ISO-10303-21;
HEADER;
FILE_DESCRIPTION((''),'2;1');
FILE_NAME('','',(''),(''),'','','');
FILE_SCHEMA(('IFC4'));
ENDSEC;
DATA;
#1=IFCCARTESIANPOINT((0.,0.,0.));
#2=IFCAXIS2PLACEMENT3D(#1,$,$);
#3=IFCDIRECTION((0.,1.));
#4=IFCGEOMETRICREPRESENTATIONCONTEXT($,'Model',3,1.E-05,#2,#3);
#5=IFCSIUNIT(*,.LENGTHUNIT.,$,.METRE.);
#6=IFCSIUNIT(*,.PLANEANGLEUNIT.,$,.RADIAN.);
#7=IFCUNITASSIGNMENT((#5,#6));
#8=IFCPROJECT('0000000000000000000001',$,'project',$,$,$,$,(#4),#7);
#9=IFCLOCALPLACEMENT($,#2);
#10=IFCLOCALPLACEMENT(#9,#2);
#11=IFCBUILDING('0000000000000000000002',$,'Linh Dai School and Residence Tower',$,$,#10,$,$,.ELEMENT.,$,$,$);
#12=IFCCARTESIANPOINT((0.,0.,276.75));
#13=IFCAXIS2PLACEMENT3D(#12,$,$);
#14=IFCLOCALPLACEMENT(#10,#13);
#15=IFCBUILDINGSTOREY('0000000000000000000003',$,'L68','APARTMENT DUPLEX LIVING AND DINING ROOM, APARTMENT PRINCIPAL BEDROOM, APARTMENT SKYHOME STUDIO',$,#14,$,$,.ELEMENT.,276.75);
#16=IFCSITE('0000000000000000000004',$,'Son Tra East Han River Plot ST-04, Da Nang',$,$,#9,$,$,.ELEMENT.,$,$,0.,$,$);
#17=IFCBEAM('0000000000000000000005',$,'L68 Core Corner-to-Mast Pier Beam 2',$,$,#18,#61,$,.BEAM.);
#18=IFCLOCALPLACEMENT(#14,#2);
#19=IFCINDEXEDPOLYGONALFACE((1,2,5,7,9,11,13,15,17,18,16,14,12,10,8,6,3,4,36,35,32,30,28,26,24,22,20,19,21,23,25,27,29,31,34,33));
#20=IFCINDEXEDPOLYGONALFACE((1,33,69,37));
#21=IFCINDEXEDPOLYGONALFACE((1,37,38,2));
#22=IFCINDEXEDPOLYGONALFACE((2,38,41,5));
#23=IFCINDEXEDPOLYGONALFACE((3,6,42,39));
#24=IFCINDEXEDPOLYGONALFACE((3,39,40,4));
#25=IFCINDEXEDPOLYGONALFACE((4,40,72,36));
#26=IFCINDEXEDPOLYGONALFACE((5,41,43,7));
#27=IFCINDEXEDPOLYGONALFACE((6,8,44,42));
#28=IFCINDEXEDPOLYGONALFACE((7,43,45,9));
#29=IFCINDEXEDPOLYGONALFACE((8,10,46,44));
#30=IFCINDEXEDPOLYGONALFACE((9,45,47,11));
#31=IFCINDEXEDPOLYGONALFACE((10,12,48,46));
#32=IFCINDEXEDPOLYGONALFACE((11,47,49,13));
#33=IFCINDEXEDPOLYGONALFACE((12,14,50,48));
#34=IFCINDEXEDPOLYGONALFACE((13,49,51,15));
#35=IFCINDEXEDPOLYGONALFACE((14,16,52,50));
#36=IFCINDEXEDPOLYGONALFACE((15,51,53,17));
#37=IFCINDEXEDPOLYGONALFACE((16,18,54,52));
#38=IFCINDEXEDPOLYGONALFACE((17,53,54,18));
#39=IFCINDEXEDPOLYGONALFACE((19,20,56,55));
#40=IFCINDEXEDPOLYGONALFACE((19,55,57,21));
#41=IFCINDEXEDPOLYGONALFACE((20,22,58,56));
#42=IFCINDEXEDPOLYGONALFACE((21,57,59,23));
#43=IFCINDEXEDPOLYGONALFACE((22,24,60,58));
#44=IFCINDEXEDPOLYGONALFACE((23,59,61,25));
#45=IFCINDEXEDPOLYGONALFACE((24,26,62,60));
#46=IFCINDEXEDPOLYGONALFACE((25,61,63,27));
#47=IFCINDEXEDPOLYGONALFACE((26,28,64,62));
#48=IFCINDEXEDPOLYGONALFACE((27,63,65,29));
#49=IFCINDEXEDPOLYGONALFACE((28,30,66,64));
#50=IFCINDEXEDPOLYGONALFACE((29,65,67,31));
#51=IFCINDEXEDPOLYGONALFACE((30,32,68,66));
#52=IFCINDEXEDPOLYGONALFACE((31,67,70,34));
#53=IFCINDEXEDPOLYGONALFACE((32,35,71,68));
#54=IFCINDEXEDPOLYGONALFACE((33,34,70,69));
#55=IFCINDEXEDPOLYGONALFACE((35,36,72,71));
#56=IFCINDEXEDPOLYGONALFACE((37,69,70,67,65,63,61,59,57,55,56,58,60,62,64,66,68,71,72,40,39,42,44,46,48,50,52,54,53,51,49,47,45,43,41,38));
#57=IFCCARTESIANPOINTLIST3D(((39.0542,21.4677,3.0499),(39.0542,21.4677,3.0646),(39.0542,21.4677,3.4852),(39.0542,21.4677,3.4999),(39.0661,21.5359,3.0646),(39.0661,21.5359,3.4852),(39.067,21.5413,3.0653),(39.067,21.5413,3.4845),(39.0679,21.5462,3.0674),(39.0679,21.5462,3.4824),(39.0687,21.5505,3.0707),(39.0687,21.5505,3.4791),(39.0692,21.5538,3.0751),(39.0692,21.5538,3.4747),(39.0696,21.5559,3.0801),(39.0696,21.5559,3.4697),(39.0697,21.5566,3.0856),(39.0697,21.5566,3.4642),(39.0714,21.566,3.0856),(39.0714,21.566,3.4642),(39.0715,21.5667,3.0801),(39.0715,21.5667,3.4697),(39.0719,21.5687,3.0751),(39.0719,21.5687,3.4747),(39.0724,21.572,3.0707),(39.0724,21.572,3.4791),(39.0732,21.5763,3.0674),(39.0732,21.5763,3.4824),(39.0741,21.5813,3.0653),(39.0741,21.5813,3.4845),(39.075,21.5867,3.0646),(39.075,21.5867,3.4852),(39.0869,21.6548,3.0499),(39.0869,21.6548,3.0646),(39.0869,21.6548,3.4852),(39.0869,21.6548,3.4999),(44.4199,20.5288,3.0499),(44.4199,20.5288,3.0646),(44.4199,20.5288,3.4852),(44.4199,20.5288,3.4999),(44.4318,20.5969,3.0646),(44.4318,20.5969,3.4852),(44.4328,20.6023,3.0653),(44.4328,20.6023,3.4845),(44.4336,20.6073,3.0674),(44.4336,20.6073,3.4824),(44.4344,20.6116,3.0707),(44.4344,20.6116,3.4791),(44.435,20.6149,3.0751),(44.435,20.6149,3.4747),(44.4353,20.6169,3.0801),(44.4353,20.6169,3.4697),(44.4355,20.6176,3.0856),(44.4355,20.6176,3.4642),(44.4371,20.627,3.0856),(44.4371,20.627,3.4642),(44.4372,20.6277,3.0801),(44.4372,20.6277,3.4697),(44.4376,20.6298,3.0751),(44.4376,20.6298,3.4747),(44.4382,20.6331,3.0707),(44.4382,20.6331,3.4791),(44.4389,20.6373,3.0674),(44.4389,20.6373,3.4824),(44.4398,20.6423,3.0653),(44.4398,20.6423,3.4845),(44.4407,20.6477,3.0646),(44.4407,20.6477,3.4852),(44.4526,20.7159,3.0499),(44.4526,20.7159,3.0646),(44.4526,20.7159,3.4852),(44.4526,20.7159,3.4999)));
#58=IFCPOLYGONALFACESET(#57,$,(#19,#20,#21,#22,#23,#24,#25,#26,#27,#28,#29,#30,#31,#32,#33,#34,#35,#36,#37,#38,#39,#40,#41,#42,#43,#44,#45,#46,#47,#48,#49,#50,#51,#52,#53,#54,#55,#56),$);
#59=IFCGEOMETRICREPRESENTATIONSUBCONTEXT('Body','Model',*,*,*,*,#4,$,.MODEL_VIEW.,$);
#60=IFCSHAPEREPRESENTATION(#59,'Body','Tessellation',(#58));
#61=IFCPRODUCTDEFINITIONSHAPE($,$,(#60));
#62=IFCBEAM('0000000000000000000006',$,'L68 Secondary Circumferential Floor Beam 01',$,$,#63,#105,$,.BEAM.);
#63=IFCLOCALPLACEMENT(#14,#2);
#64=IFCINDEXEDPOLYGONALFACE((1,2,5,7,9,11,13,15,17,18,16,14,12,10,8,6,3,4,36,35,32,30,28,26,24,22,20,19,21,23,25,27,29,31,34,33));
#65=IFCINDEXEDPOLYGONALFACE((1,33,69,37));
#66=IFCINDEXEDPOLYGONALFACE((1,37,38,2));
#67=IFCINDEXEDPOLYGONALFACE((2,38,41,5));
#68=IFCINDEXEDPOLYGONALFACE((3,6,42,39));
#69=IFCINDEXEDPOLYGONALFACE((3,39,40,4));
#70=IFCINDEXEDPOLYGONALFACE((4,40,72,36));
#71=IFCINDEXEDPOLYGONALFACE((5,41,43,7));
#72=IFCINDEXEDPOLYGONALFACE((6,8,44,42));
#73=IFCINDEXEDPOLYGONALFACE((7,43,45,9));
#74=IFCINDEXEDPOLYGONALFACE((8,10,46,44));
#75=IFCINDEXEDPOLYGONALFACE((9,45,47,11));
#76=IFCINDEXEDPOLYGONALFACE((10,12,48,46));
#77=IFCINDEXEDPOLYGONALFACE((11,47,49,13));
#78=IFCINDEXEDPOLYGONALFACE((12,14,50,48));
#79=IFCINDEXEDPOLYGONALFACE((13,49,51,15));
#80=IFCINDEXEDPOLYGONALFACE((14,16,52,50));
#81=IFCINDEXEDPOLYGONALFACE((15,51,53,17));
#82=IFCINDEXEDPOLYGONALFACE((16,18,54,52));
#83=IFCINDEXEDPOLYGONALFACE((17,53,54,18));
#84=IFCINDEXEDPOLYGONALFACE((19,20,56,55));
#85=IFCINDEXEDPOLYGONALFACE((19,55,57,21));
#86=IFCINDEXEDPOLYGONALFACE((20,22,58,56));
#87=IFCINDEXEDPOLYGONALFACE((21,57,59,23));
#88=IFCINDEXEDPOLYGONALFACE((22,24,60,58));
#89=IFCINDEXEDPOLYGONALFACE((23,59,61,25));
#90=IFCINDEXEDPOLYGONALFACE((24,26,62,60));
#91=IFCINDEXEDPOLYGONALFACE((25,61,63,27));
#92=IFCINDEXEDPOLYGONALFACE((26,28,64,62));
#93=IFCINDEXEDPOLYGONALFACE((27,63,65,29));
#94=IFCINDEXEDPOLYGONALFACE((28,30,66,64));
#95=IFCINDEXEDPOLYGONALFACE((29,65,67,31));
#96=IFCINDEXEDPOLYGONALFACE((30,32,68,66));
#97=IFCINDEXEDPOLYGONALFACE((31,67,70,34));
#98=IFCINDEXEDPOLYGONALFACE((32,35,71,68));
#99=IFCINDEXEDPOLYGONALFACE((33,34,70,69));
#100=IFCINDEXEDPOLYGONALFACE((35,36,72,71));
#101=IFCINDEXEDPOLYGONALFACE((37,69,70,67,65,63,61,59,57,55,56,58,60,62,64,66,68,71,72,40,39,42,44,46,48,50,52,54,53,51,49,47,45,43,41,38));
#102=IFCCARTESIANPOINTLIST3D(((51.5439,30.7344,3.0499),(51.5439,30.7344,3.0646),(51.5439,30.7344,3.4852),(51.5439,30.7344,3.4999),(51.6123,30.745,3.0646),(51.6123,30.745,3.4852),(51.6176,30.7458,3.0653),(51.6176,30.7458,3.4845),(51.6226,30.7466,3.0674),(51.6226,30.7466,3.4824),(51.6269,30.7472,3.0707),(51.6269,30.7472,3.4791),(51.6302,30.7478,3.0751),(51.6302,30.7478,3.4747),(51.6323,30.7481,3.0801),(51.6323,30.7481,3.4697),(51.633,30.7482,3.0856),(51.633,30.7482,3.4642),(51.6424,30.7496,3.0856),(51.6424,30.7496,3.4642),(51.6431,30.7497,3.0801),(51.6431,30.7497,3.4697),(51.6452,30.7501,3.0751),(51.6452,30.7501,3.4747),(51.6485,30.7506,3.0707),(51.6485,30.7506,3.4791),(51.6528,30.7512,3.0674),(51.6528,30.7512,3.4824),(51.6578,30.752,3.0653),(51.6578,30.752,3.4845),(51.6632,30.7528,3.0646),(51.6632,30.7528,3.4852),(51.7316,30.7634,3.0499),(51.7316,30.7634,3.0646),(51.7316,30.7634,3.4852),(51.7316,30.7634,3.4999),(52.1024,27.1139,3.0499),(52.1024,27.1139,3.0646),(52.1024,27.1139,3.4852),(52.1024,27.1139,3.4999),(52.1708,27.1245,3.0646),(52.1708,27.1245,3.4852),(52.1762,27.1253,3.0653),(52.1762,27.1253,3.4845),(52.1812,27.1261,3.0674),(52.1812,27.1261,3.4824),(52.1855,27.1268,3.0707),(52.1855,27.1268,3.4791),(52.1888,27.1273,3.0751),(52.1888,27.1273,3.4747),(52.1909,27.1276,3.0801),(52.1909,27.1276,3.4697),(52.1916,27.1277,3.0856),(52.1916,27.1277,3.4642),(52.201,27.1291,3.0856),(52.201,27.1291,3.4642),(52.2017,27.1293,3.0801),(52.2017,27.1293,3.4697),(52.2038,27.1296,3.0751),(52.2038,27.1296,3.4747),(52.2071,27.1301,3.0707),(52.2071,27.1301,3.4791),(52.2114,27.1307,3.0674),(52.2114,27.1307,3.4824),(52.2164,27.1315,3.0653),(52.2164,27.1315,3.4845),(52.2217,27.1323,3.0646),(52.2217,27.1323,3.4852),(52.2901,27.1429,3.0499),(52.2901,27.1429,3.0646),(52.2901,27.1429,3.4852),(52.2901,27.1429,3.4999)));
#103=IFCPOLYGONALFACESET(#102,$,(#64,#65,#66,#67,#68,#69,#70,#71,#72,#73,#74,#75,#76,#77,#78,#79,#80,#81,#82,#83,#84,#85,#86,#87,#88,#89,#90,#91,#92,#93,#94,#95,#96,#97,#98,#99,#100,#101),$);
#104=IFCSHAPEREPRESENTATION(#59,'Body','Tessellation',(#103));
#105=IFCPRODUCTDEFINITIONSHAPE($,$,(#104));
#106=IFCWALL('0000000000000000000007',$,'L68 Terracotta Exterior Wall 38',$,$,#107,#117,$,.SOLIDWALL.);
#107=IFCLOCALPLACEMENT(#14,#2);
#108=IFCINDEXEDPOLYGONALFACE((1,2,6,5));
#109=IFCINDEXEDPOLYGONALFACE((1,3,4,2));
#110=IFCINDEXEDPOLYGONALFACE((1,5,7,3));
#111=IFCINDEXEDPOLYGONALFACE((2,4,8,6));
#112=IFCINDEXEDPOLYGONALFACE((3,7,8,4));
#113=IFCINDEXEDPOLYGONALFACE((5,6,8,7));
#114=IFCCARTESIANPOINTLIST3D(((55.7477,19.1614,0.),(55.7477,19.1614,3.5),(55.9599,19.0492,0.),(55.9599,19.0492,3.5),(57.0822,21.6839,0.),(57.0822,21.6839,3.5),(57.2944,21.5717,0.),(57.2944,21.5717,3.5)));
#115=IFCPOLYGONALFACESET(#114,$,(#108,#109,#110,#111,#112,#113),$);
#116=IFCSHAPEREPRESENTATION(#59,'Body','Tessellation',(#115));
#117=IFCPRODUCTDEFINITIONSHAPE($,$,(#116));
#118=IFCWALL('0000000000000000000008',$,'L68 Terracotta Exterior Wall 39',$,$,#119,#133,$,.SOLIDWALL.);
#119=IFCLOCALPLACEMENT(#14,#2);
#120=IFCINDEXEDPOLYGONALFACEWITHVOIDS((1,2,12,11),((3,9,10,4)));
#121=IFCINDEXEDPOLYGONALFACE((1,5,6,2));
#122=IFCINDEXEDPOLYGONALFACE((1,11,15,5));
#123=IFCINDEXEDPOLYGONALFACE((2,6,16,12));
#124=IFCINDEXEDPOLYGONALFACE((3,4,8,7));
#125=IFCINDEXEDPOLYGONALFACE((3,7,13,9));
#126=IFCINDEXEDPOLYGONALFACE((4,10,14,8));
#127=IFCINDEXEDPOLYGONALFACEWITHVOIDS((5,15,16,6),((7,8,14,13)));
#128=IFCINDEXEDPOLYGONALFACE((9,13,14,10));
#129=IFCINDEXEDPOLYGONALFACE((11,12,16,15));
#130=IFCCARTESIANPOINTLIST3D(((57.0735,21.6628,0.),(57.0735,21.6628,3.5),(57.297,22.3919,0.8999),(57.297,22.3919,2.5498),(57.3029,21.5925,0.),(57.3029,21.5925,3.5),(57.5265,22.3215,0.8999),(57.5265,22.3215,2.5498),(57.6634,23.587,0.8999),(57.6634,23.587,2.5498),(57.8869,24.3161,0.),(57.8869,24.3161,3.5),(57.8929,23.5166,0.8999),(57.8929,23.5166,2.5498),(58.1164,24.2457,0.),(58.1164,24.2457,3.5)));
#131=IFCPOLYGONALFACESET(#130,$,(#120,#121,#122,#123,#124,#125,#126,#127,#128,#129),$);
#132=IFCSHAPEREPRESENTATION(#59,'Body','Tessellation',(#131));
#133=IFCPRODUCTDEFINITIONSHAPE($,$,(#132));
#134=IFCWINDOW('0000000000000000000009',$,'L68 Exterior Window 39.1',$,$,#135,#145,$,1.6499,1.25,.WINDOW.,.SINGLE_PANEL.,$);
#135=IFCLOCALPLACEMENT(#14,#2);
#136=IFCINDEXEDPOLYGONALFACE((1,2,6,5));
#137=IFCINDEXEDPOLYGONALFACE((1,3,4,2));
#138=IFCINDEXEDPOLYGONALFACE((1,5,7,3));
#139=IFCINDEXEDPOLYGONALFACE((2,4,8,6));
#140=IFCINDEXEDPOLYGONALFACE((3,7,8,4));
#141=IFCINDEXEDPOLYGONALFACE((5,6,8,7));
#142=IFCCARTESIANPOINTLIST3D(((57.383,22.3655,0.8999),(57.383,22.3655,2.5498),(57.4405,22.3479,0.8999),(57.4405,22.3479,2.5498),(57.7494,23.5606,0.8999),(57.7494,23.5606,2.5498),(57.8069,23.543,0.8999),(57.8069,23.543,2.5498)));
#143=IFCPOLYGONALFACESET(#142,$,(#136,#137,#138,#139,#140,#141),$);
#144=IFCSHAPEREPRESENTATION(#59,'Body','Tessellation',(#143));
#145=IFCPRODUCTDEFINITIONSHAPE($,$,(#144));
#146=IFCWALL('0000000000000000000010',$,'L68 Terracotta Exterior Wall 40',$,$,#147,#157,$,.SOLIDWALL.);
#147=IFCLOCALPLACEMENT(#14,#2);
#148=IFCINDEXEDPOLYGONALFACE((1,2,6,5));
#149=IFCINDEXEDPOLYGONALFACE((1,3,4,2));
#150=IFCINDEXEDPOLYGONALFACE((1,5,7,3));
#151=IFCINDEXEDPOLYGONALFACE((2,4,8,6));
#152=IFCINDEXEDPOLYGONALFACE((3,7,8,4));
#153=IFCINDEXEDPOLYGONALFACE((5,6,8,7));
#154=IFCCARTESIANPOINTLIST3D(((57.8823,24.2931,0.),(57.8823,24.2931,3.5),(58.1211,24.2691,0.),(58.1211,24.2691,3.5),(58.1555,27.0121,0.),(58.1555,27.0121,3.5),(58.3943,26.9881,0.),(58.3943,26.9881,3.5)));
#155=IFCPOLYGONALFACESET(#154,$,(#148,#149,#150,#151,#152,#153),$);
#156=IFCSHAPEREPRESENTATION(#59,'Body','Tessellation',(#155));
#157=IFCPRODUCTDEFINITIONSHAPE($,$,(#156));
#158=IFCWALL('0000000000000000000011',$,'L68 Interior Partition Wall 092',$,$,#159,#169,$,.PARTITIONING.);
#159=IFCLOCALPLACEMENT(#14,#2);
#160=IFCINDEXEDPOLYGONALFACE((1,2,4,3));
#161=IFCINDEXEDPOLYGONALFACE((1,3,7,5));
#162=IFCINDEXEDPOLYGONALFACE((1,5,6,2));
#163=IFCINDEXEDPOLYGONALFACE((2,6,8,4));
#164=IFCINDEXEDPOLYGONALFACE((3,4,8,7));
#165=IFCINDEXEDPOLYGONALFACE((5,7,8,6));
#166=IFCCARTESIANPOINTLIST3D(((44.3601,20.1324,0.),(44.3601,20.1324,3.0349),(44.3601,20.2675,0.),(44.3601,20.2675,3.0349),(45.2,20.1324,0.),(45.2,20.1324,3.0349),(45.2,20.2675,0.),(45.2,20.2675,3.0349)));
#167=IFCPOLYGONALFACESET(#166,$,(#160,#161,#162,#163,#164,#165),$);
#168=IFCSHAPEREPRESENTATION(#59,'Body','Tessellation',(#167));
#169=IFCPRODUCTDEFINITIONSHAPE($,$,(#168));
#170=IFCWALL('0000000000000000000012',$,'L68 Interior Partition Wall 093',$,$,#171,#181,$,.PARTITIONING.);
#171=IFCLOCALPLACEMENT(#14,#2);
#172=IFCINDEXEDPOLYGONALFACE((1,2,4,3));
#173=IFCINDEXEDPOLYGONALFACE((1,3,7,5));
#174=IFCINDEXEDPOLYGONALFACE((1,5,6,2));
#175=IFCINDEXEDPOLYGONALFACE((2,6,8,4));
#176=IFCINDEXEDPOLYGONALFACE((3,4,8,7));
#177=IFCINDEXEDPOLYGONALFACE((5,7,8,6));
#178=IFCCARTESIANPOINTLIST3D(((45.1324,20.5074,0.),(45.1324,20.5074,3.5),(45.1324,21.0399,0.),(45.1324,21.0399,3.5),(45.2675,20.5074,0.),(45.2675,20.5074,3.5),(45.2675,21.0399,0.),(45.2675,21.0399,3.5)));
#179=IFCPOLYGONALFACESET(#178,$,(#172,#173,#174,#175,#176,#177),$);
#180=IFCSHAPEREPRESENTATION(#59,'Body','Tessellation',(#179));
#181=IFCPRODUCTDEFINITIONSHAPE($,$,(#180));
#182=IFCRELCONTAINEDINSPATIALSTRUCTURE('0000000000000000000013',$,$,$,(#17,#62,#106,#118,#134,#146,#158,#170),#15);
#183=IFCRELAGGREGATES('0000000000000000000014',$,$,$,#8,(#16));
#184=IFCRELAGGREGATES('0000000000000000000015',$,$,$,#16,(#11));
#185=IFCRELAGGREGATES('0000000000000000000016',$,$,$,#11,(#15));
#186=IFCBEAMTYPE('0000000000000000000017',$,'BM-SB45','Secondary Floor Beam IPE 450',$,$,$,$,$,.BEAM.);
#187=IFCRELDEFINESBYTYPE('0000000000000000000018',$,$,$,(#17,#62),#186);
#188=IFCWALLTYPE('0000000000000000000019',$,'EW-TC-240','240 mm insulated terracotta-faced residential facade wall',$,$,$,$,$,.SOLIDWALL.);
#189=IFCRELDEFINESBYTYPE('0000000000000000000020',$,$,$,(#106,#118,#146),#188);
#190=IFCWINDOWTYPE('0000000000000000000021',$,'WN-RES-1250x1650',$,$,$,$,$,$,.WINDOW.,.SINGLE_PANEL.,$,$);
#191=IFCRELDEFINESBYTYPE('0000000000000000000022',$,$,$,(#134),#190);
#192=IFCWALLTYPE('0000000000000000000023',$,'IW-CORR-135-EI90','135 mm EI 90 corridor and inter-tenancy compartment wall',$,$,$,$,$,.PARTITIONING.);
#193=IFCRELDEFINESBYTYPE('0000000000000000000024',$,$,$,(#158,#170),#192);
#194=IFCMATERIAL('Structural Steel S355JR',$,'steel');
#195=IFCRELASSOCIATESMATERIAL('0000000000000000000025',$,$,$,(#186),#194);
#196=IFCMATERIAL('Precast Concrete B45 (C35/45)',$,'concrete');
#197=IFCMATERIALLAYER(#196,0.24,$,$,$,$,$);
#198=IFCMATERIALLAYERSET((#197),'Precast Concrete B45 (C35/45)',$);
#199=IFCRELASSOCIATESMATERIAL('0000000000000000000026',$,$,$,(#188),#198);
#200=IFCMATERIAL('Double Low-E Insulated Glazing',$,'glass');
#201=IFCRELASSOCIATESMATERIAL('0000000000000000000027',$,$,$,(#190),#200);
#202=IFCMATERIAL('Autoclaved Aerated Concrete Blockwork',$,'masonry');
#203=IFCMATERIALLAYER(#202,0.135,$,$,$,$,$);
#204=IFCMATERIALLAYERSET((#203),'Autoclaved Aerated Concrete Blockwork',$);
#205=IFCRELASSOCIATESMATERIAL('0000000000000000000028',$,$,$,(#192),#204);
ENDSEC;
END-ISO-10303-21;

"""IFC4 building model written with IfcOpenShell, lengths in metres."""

from ifc_helpers import new_model, si_unit, direction, frame, frame_2d, origin, origin_2d, place, context, subcontext, project, spatial, rectangle, i_section, extrude, source, transform, mapped, material, layer, layer_set, material_profile, profile_set, type_object, element, fill, save


model = new_model("IFC4")

# Units and contexts
model_context = context("Model", 3, precision=1e-05, world=origin(), true_north=direction((0.0, 1.0)))
body_context = subcontext(model_context, "Body", "Model", "MODEL_VIEW")
ifc_project = project(units=[si_unit("LENGTHUNIT", "METRE"), si_unit("PLANEANGLEUNIT", "RADIAN")], contexts=[model_context])

# Site, building, storey
site_placement = place(None, origin())
site = spatial("IfcSite", under=ifc_project, at=site_placement, Name="Son Tra East Han River Plot ST-04, Da Nang", CompositionType="ELEMENT", RefElevation=0.0)
building_placement = place(site_placement, origin())
building = spatial("IfcBuilding", under=site, at=building_placement, Name="Linh Dai School and Residence Tower", CompositionType="ELEMENT")
storey_placement = place(building_placement, frame((0.0, 0.0, 276.75)))
storey = spatial("IfcBuildingStorey", under=building, at=storey_placement, Name="L68", Description="APARTMENT DUPLEX LIVING AND DINING ROOM, APARTMENT PRINCIPAL BEDROOM, APARTMENT SKYHOME STUDIO", CompositionType="ELEMENT", Elevation=276.75)

# Shared definitions
ifc_material_1 = material(Name="Structural Steel S355JR", Category="steel")

# Beams
ifc_material_profile_1 = material_profile(ifc_material_1, i_section(OverallWidth=0.1899, OverallDepth=0.45, WebThickness=0.0095, FlangeThickness=0.0146, FilletRadius=0.021, at=origin_2d()), Name="IPE 450")
ifc_profile_set_1 = profile_set([ifc_material_profile_1], Name="Structural Steel S355JR")
beam_type_1 = type_object("IfcBeamType", Name="BM-SB45", Description="Secondary Floor Beam IPE 450", PredefinedType="BEAM", material=ifc_profile_set_1)
beam_1_placement = place(storey_placement, frame((44.4363, 20.6223, 3.2749), z_axis=(-0.985032, 0.172374, 0.0), x_axis=(-0.172374, -0.985032, 0.0)))
element("IfcBeam", 1, at=beam_1_placement, inside=storey, type_object=beam_type_1, Name="L68 Core Corner-to-Mast Pier Beam 2", PredefinedType="BEAM", context=body_context, shape_type="SweptSolid", body=[
    extrude(i_section(OverallWidth=0.1899, OverallDepth=0.45, WebThickness=0.0095, FlangeThickness=0.0146, FilletRadius=0.021, at=origin_2d()), origin(), (0.0, 0.0, 1.0), 5.4473),
])
beam_2_placement = place(storey_placement, frame((52.1963, 27.1284, 3.2749), z_axis=(-0.152478, 0.988307, 0.0), x_axis=(-0.988307, -0.152478, 0.0)))
element("IfcBeam", 2, at=beam_2_placement, inside=storey, type_object=beam_type_1, Name="L68 Secondary Circumferential Floor Beam 01", PredefinedType="BEAM", context=body_context, shape_type="SweptSolid", body=[
    extrude(i_section(OverallWidth=0.1899, OverallDepth=0.45, WebThickness=0.0095, FlangeThickness=0.0146, FilletRadius=0.021, at=origin_2d()), origin(), (0.0, 0.0, 1.0), 3.6633),
])

# Wall
ifc_material_2 = material(Name="Precast Concrete B45 (C35/45)", Category="concrete")
ifc_layer_1 = layer(ifc_material_2, 0.24)
ifc_layer_set_1 = layer_set([ifc_layer_1], Name="Precast Concrete B45 (C35/45)")
wall_type_1 = type_object("IfcWallType", Name="EW-TC-240", Description="240 mm insulated terracotta-faced residential facade wall", PredefinedType="SOLIDWALL", material=ifc_layer_set_1)
wall_1_placement = place(storey_placement, frame((57.1882, 21.6277, 0.0), z_axis=(0.0, 0.0, 1.0), x_axis=(-0.467628, -0.883925, 0.0)))
element("IfcWall", 3, at=wall_1_placement, inside=storey, type_object=wall_type_1, Name="L68 Terracotta Exterior Wall 38", PredefinedType="SOLIDWALL", context=body_context, shape_type="SweptSolid", body=[
    extrude(rectangle(XDim=2.8538, YDim=0.24, at=frame_2d((1.4268, 0.0))), origin(), (0.0, 0.0, 1.0), 3.5),
])

# Wall, opening, window
wall_2_placement = place(storey_placement, frame((58.0017, 24.281, 0.0), z_axis=(0.0, 0.0, 1.0), x_axis=(-0.293121, -0.956075, 0.0)))
wall_2 = element("IfcWall", 4, at=wall_2_placement, inside=storey, type_object=wall_type_1, Name="L68 Terracotta Exterior Wall 39", PredefinedType="SOLIDWALL", context=body_context, shape_type="SweptSolid", body=[
    extrude(rectangle(XDim=2.7751, YDim=0.24, at=frame_2d((1.3877, 0.0))), origin(), (0.0, 0.0, 1.0), 3.5),
])
opening_1_placement = place(wall_2_placement, frame((0.7627, 0.0, 0.8999)))
opening_1 = element("IfcOpeningElement", 5, at=opening_1_placement, cuts=wall_2, PredefinedType="OPENING", context=body_context, shape_type="SweptSolid", body=[
    extrude(rectangle(XDim=1.25, YDim=1.6499, at=origin_2d()), frame((0.625, 0.1299, 0.825), z_axis=(0.0, -1.0, 0.0), x_axis=(1.0, 0.0, 0.0)), (0.0, 0.0, 1.0), 0.26),
])
ifc_material_3 = material(Name="Double Low-E Insulated Glazing", Category="glass")
window_type = type_object("IfcWindowType", Name="WN-RES-1250x1650", PartitioningType="SINGLE_PANEL", PredefinedType="WINDOW", material=ifc_material_3)
shared_shape_1 = source(origin(), body_context, "Body", "SweptSolid", [
    extrude(rectangle(XDim=1.25, YDim=1.6499, at=origin_2d()), frame((0.625, 0.03, 0.825), z_axis=(0.0, -1.0, 0.0), x_axis=(1.0, 0.0, 0.0)), (0.0, 0.0, 1.0), 0.0601),
])
window_placement = place(opening_1_placement, origin())
window = element("IfcWindow", 6, at=window_placement, inside=storey, type_object=window_type, Name="L68 Exterior Window 39.1", OverallHeight=1.6499, OverallWidth=1.25, PartitioningType="SINGLE_PANEL", PredefinedType="WINDOW", context=body_context, shape_type="MappedRepresentation", body=[
    mapped(shared_shape_1, transform((0.0, 0.0, 0.0), x_axis=(1.0, 0.0, 0.0), y_axis=(0.0, 1.0, 0.0), z_axis=(0.0, 0.0, 1.0), scale=1.0)),
])
fill(opening_1, window)

# Walls
wall_3_placement = place(storey_placement, frame((58.2749, 27.0, 0.0), z_axis=(0.0, 0.0, 1.0), x_axis=(-0.099973, -0.99499, 0.0)))
element("IfcWall", 7, at=wall_3_placement, inside=storey, type_object=wall_type_1, Name="L68 Terracotta Exterior Wall 40", PredefinedType="SOLIDWALL", context=body_context, shape_type="SweptSolid", body=[
    extrude(rectangle(XDim=2.7327, YDim=0.24, at=frame_2d((1.3662, 0.0))), origin(), (0.0, 0.0, 1.0), 3.5),
])
ifc_material_4 = material(Name="Autoclaved Aerated Concrete Blockwork", Category="masonry")
ifc_layer_2 = layer(ifc_material_4, 0.135)
ifc_layer_set_2 = layer_set([ifc_layer_2], Name="Autoclaved Aerated Concrete Blockwork")
wall_type_2 = type_object("IfcWallType", Name="IW-CORR-135-EI90", Description="135 mm EI 90 corridor and inter-tenancy compartment wall", PredefinedType="PARTITIONING", material=ifc_layer_set_2)
wall_4_placement = place(storey_placement, frame((44.3601, 20.2, 0.0), z_axis=(0.0, 0.0, 1.0), x_axis=(1.0, 0.0, 0.0)))
element("IfcWall", 8, at=wall_4_placement, inside=storey, type_object=wall_type_2, Name="L68 Interior Partition Wall 092", PredefinedType="PARTITIONING", context=body_context, shape_type="SweptSolid", body=[
    extrude(rectangle(XDim=0.8398, YDim=0.135, at=frame_2d((0.4199, 0.0))), origin(), (0.0, 0.0, 1.0), 3.0349),
])
wall_5_placement = place(storey_placement, frame((45.2, 20.5076, 0.0), z_axis=(0.0, 0.0, 1.0), x_axis=(0.0, 1.0, 0.0)))
element("IfcWall", 9, at=wall_5_placement, inside=storey, type_object=wall_type_2, Name="L68 Interior Partition Wall 093", PredefinedType="PARTITIONING", context=body_context, shape_type="SweptSolid", body=[
    extrude(rectangle(XDim=0.5325, YDim=0.135, at=frame_2d((0.2661, 0.0))), origin(), (0.0, 0.0, 1.0), 3.5),
])

save(model, "model.ifc")
